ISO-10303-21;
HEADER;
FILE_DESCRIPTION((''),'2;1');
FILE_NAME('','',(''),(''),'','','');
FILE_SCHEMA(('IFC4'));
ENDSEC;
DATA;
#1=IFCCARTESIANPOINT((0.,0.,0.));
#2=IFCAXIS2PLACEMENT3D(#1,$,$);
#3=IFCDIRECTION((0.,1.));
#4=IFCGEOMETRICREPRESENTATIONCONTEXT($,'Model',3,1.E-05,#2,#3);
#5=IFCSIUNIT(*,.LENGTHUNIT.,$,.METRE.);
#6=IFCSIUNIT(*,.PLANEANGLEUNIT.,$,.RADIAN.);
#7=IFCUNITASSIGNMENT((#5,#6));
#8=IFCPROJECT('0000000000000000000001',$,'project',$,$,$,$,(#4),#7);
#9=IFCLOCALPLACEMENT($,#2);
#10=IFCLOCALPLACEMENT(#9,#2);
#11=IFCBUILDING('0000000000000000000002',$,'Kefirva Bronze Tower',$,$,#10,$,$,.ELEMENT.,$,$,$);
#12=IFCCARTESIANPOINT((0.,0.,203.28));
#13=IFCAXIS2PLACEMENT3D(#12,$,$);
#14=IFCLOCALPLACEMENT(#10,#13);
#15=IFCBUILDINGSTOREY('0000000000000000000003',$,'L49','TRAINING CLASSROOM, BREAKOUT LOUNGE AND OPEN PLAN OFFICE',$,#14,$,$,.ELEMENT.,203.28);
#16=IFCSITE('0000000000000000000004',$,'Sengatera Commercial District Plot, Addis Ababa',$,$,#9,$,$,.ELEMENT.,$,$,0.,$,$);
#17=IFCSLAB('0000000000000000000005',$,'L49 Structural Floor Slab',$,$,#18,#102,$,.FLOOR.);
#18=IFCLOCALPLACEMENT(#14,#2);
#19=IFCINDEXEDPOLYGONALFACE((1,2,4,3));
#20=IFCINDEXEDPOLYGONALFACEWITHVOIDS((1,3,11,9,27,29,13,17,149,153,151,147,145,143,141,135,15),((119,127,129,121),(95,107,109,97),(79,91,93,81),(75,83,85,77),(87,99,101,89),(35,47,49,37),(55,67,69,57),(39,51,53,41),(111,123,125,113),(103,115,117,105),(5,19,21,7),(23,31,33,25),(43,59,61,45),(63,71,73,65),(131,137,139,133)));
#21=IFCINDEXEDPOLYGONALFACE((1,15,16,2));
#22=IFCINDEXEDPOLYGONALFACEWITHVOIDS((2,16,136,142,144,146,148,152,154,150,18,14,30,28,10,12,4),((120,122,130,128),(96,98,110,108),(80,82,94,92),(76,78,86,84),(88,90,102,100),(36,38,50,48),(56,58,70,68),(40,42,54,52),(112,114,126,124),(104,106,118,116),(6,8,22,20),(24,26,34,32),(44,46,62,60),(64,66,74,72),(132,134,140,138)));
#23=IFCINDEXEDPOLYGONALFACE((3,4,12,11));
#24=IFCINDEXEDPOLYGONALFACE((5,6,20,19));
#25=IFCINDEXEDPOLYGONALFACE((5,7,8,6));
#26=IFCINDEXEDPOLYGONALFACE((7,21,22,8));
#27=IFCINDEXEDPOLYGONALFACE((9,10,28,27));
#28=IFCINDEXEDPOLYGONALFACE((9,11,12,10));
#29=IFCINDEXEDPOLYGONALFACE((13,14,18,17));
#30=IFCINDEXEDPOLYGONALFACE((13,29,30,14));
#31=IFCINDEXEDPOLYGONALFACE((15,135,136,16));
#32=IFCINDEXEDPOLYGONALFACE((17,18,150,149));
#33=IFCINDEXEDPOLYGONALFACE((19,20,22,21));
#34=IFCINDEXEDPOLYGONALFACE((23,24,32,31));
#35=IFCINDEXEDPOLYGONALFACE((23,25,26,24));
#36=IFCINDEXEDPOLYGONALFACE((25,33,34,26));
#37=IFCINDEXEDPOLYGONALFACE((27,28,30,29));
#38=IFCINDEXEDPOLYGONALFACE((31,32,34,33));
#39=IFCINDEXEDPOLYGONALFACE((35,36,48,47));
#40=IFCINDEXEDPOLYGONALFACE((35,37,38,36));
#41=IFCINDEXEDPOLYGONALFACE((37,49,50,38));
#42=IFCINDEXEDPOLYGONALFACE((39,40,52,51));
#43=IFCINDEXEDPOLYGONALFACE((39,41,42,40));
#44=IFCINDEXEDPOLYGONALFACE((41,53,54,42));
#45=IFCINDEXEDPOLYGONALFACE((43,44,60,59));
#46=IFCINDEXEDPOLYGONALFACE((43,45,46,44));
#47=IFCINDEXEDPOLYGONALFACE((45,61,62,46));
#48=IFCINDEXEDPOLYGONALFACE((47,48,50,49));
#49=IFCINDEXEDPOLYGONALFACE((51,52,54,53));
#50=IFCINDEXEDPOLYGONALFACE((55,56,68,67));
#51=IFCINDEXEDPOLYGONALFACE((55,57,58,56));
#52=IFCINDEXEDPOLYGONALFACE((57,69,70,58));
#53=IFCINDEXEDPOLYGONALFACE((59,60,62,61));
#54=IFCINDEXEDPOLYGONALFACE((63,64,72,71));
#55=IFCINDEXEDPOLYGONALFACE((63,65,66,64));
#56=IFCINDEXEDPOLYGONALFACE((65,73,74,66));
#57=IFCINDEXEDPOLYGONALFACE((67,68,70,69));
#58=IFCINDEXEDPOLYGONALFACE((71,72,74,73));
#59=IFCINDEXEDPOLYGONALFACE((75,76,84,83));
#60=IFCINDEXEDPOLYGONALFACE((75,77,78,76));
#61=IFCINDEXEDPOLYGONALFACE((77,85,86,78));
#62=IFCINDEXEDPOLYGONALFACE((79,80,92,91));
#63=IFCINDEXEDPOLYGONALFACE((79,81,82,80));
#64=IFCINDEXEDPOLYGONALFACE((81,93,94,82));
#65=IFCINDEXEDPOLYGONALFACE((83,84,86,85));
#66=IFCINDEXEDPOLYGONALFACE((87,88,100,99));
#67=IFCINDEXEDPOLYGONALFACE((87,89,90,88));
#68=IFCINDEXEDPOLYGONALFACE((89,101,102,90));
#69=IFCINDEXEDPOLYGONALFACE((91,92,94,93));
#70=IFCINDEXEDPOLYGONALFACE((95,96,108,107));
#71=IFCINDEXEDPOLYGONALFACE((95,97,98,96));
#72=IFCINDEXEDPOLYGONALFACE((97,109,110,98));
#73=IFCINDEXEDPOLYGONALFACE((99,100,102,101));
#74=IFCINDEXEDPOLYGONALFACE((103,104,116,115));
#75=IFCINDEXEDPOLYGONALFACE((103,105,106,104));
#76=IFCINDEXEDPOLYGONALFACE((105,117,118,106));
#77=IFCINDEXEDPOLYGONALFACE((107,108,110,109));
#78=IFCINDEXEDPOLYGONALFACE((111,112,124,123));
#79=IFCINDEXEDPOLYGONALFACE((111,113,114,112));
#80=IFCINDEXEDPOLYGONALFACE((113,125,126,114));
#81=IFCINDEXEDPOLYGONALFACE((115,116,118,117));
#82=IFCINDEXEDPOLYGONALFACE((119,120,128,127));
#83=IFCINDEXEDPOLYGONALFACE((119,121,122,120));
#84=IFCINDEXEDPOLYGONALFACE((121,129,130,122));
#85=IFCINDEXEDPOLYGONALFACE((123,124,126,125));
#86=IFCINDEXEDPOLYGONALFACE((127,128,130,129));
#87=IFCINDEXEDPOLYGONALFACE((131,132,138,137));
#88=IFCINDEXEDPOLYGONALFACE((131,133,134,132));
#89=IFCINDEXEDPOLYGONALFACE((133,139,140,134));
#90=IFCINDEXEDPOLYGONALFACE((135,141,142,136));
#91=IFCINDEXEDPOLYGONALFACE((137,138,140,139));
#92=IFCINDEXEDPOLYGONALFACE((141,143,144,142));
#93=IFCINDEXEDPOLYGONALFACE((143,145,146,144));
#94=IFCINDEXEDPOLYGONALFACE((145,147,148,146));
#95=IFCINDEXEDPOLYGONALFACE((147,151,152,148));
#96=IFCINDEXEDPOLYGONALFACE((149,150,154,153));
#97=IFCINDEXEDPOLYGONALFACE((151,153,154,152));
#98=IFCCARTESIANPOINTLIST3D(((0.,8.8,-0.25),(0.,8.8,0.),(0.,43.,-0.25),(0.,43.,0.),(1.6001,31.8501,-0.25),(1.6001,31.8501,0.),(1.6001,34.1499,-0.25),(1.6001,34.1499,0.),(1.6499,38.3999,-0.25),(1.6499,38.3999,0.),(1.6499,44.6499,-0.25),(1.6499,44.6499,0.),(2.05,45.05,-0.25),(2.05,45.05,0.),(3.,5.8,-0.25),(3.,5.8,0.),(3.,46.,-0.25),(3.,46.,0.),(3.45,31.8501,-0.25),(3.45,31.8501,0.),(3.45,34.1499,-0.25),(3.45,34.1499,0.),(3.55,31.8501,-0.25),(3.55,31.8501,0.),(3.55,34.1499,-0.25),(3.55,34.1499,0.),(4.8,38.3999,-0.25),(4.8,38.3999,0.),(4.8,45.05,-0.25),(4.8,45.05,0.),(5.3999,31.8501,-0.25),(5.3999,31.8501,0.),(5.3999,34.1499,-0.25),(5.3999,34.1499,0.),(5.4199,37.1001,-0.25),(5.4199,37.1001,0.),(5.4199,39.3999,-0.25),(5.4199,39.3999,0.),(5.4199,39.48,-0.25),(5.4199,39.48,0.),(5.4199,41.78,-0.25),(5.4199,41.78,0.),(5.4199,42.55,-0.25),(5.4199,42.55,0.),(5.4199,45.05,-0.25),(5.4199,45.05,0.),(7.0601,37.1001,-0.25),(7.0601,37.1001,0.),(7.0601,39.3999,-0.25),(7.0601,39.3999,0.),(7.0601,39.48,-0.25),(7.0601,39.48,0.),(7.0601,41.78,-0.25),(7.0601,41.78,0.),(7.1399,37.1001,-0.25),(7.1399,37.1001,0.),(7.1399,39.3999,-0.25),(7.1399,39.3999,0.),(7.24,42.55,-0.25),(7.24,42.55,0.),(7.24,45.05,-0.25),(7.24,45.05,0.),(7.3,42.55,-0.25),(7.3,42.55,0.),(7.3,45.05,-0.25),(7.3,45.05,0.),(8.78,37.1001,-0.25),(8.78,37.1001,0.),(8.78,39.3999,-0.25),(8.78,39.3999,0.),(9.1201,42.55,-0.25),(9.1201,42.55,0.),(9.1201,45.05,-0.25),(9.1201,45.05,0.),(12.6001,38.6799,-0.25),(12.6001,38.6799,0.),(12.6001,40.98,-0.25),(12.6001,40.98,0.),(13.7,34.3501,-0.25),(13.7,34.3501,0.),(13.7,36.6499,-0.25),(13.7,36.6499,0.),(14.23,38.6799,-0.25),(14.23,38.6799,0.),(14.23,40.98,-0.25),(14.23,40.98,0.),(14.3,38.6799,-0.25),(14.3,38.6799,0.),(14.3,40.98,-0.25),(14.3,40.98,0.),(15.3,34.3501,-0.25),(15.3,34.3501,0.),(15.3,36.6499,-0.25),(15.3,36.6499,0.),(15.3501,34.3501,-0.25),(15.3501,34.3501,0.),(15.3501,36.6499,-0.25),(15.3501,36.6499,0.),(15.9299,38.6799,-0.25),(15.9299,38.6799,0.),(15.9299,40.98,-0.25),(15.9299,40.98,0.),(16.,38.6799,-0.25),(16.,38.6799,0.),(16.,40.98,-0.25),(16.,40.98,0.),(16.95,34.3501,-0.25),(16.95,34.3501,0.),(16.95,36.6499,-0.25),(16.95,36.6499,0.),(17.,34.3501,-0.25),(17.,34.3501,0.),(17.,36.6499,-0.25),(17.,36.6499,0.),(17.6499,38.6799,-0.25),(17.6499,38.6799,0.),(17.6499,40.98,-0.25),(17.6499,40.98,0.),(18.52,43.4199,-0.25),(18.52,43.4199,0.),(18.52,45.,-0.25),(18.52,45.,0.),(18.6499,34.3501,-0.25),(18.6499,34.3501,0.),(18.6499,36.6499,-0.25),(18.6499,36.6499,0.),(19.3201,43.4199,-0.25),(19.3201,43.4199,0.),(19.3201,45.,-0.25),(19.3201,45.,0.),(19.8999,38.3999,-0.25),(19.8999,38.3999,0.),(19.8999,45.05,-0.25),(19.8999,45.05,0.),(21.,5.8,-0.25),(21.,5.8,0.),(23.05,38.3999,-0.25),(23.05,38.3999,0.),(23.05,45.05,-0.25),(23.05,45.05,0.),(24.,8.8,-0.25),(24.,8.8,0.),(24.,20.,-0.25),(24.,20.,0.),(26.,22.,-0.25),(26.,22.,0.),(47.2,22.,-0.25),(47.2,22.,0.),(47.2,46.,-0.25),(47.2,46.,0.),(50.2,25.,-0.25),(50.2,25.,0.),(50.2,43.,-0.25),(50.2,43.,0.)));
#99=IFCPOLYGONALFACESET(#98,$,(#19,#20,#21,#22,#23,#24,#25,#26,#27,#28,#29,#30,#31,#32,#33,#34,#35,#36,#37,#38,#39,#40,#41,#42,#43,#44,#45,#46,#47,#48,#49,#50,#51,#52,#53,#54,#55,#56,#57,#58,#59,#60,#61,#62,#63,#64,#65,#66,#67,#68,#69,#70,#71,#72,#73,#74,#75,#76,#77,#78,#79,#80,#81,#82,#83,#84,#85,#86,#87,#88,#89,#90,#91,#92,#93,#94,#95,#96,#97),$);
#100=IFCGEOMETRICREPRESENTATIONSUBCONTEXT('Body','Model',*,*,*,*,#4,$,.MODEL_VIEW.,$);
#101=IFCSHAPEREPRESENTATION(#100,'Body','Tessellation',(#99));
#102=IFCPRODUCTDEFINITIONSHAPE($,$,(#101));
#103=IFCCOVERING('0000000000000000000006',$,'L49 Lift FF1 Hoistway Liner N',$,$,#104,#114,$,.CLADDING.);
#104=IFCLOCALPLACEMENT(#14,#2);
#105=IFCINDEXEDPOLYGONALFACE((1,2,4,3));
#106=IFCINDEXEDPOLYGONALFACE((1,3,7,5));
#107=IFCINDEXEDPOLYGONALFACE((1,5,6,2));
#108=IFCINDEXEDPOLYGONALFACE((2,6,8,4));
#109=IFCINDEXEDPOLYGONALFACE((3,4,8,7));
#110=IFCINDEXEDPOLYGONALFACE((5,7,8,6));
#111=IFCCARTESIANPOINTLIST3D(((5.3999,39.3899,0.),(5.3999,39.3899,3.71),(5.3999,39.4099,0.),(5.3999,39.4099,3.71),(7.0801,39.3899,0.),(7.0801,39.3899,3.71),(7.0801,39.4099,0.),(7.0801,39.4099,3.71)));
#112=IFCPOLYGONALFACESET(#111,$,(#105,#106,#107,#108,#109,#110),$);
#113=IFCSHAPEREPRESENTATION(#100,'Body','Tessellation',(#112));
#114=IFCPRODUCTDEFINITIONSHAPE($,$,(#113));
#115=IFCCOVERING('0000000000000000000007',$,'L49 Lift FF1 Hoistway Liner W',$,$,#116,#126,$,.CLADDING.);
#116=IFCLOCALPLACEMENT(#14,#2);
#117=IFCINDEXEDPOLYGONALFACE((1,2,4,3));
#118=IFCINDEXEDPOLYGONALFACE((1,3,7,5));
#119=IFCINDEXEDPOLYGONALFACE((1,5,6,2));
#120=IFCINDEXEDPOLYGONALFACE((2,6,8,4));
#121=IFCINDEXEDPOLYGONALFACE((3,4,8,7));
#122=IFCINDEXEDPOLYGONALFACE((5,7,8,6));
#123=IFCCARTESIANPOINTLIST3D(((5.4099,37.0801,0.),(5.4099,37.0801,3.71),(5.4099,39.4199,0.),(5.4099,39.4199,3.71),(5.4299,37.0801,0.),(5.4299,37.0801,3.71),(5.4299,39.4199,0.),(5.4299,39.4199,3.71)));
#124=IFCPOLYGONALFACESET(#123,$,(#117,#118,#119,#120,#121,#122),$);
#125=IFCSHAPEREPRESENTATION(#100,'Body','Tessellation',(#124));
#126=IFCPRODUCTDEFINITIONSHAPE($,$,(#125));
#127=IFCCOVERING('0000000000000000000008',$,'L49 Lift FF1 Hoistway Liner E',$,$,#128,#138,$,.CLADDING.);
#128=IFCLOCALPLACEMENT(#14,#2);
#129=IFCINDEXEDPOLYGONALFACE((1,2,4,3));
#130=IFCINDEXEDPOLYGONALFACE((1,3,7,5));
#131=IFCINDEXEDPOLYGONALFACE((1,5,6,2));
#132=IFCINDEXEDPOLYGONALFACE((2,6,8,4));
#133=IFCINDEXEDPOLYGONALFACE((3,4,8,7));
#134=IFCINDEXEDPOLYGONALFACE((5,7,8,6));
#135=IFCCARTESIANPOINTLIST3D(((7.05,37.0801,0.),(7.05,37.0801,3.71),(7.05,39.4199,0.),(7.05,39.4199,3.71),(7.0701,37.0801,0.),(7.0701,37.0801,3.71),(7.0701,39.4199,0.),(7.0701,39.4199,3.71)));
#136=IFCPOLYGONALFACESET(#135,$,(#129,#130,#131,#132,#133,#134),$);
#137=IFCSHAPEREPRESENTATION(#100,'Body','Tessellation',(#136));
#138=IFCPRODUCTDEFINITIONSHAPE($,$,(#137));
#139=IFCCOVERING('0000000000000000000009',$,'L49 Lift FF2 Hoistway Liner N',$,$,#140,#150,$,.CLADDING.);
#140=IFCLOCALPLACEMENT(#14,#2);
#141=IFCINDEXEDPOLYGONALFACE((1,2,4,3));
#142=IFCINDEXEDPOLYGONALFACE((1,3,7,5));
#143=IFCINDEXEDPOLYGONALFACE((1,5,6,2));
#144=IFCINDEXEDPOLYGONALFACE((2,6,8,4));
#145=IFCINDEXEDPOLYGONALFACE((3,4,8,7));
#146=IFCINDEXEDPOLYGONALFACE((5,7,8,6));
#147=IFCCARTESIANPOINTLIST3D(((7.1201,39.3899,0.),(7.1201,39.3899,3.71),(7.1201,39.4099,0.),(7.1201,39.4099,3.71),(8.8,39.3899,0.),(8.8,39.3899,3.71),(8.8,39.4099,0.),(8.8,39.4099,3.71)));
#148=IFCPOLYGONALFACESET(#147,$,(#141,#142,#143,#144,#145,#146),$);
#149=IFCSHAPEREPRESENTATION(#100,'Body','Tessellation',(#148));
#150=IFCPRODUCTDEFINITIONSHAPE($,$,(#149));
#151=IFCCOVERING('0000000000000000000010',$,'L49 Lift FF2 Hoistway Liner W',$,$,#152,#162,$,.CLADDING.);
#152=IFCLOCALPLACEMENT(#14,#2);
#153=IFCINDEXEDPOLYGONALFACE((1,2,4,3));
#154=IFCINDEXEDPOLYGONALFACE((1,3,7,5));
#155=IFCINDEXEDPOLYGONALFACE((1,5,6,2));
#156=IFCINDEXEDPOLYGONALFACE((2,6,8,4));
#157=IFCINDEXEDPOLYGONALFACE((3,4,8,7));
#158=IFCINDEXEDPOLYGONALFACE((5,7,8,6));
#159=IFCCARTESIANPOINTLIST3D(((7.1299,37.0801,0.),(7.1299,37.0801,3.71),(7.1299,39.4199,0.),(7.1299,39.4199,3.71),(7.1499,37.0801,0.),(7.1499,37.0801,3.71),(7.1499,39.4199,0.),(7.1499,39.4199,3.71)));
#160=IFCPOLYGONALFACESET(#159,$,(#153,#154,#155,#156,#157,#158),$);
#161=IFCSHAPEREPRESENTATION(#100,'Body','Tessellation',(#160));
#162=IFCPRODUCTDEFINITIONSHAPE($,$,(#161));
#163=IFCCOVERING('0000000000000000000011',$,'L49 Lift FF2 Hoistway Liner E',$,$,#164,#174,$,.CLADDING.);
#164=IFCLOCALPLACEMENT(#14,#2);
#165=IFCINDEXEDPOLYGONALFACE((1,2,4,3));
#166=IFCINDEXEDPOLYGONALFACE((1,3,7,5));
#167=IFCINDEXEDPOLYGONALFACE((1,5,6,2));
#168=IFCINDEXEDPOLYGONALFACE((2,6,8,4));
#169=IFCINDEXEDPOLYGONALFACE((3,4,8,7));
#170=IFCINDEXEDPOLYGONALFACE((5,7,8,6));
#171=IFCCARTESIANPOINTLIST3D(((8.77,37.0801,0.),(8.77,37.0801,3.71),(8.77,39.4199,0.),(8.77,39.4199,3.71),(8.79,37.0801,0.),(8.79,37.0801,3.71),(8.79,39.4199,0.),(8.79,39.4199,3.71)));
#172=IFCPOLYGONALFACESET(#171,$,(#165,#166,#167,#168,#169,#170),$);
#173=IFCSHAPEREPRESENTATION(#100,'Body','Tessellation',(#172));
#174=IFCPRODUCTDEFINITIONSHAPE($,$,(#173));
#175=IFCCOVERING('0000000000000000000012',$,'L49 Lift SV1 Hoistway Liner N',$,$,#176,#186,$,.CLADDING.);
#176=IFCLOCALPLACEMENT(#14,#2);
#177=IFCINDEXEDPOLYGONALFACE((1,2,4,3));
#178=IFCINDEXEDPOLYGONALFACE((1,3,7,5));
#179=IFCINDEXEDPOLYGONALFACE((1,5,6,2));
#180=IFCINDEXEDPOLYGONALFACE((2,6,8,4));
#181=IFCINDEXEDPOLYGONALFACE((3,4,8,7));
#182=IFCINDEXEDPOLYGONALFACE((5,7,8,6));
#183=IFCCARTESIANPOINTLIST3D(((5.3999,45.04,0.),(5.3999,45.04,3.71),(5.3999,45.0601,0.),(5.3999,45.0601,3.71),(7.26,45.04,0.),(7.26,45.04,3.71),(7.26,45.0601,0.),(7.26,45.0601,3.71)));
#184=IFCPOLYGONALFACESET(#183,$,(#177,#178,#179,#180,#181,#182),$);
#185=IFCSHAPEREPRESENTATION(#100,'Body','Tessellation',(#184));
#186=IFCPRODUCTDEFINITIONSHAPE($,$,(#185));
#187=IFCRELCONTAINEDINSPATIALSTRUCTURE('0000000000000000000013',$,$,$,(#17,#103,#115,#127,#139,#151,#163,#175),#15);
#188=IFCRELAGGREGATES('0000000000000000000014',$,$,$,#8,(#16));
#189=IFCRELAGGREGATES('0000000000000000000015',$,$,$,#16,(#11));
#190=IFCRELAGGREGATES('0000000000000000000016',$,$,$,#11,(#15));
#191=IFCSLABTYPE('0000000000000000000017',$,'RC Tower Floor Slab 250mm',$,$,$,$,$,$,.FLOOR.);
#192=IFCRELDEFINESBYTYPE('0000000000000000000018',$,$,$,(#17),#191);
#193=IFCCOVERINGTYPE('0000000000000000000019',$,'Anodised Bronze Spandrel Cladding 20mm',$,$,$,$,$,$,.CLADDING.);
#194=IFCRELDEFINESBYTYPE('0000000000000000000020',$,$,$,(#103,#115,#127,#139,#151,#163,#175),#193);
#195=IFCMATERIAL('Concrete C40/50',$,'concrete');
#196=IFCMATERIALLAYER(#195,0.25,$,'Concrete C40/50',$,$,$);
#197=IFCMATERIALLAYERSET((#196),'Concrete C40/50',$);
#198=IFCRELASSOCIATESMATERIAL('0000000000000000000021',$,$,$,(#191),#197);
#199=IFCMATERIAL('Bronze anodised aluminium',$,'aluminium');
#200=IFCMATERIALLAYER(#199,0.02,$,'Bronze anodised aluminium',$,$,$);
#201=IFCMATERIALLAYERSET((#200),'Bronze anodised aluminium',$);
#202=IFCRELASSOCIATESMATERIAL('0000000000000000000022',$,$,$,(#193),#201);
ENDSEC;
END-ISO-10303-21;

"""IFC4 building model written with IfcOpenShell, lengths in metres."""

from ifc_helpers import new_model, si_unit, direction, frame, origin, place, context, subcontext, project, spatial, polyline, outline, extrude, material, layer, layer_set, type_object, element, save


model = new_model("IFC4")

# Units and contexts
model_context = context("Model", 3, precision=1e-05, world=origin(), true_north=direction((0.0, 1.0)))
body_context = subcontext(model_context, "Body", "Model", "MODEL_VIEW")
ifc_project = project(units=[si_unit("LENGTHUNIT", "METRE"), si_unit("PLANEANGLEUNIT", "RADIAN")], contexts=[model_context])

# Site, building, storey
site_placement = place(None, origin())
site = spatial("IfcSite", under=ifc_project, at=site_placement, Name="Sengatera Commercial District Plot, Addis Ababa", CompositionType="ELEMENT", RefElevation=0.0)
building_placement = place(site_placement, origin())
building = spatial("IfcBuilding", under=site, at=building_placement, Name="Kefirva Bronze Tower", CompositionType="ELEMENT")
storey_placement = place(building_placement, frame((0.0, 0.0, 203.28)))
storey = spatial("IfcBuildingStorey", under=building, at=storey_placement, Name="L49", Description="TRAINING CLASSROOM, BREAKOUT LOUNGE AND OPEN PLAN OFFICE", CompositionType="ELEMENT", Elevation=203.28)

# Slab
ifc_material_1 = material(Name="Concrete C40/50", Category="concrete")
ifc_layer_1 = layer(ifc_material_1, 0.25, Name="Concrete C40/50")
ifc_layer_set_1 = layer_set([ifc_layer_1], Name="Concrete C40/50")
slab_type = type_object("IfcSlabType", Name="RC Tower Floor Slab 250mm", PredefinedType="FLOOR", material=ifc_layer_set_1)
slab_placement = place(storey_placement, frame((0.0, 0.0, -0.25)))
element("IfcSlab", 1, at=slab_placement, inside=storey, type_object=slab_type, Name="L49 Structural Floor Slab", PredefinedType="FLOOR", context=body_context, shape_type="SweptSolid", body=[
    extrude(outline(polyline([(0.0, 8.8), (0.0, 43.0), (1.6499, 44.6499), (1.6499, 38.3999), (4.8, 38.3999), (4.8, 45.05), (2.05, 45.05), (3.0, 46.0), (47.2, 46.0), (50.2, 43.0), (50.2, 25.0), (47.2, 22.0), (26.0, 22.0), (24.0, 20.0), (24.0, 8.8), (21.0, 5.8), (3.0, 5.8), (0.0, 8.8)]), holes=[polyline([(23.05, 38.3999), (23.05, 45.05), (19.8999, 45.05), (19.8999, 38.3999), (23.05, 38.3999)]), polyline([(19.3201, 43.4199), (19.3201, 45.0), (18.52, 45.0), (18.52, 43.4199), (19.3201, 43.4199)]), polyline([(18.6499, 34.3501), (18.6499, 36.6499), (17.0, 36.6499), (17.0, 34.3501), (18.6499, 34.3501)]), polyline([(17.6499, 38.6799), (17.6499, 40.98), (16.0, 40.98), (16.0, 38.6799), (17.6499, 38.6799)]), polyline([(16.95, 34.3501), (16.95, 36.6499), (15.3501, 36.6499), (15.3501, 34.3501), (16.95, 34.3501)]), polyline([(15.9299, 38.6799), (15.9299, 40.98), (14.3, 40.98), (14.3, 38.6799), (15.9299, 38.6799)]), polyline([(15.3, 34.3501), (15.3, 36.6499), (13.7, 36.6499), (13.7, 34.3501), (15.3, 34.3501)]), polyline([(14.23, 38.6799), (14.23, 40.98), (12.6001, 40.98), (12.6001, 38.6799), (14.23, 38.6799)]), polyline([(9.1201, 42.55), (9.1201, 45.05), (7.3, 45.05), (7.3, 42.55), (9.1201, 42.55)]), polyline([(8.78, 37.1001), (8.78, 39.3999), (7.1399, 39.3999), (7.1399, 37.1001), (8.78, 37.1001)]), polyline([(7.24, 42.55), (7.24, 45.05), (5.4199, 45.05), (5.4199, 42.55), (7.24, 42.55)]), polyline([(7.0601, 37.1001), (7.0601, 39.3999), (5.4199, 39.3999), (5.4199, 37.1001), (7.0601, 37.1001)]), polyline([(7.0601, 39.48), (7.0601, 41.78), (5.4199, 41.78), (5.4199, 39.48), (7.0601, 39.48)]), polyline([(5.3999, 31.8501), (5.3999, 34.1499), (3.55, 34.1499), (3.55, 31.8501), (5.3999, 31.8501)]), polyline([(3.45, 31.8501), (3.45, 34.1499), (1.6001, 34.1499), (1.6001, 31.8501), (3.45, 31.8501)])]), origin(), (0.0, 0.0, 1.0), 0.25),
])

# Coverings
ifc_material_2 = material(Name="Bronze anodised aluminium", Category="aluminium")
ifc_layer_2 = layer(ifc_material_2, 0.02, Name="Bronze anodised aluminium")
ifc_layer_set_2 = layer_set([ifc_layer_2], Name="Bronze anodised aluminium")
covering_type = type_object("IfcCoveringType", Name="Anodised Bronze Spandrel Cladding 20mm", PredefinedType="CLADDING", material=ifc_layer_set_2)
covering_1_placement = place(storey_placement, origin())
element("IfcCovering", 2, at=covering_1_placement, inside=storey, type_object=covering_type, Name="L49 Lift FF1 Hoistway Liner N", PredefinedType="CLADDING", context=body_context, shape_type="SweptSolid", body=[
    extrude(outline(polyline([(5.3999, 39.3899), (7.0801, 39.3899), (7.0801, 39.4099), (5.3999, 39.4099), (5.3999, 39.3899)])), origin(), (0.0, 0.0, 1.0), 3.71),
])
covering_2_placement = place(storey_placement, origin())
element("IfcCovering", 3, at=covering_2_placement, inside=storey, type_object=covering_type, Name="L49 Lift FF1 Hoistway Liner W", PredefinedType="CLADDING", context=body_context, shape_type="SweptSolid", body=[
    extrude(outline(polyline([(5.4099, 37.0801), (5.4299, 37.0801), (5.4299, 39.4199), (5.4099, 39.4199), (5.4099, 37.0801)])), origin(), (0.0, 0.0, 1.0), 3.71),
])
covering_3_placement = place(storey_placement, origin())
element("IfcCovering", 4, at=covering_3_placement, inside=storey, type_object=covering_type, Name="L49 Lift FF1 Hoistway Liner E", PredefinedType="CLADDING", context=body_context, shape_type="SweptSolid", body=[
    extrude(outline(polyline([(7.05, 37.0801), (7.0701, 37.0801), (7.0701, 39.4199), (7.05, 39.4199), (7.05, 37.0801)])), origin(), (0.0, 0.0, 1.0), 3.71),
])
covering_4_placement = place(storey_placement, origin())
element("IfcCovering", 5, at=covering_4_placement, inside=storey, type_object=covering_type, Name="L49 Lift FF2 Hoistway Liner N", PredefinedType="CLADDING", context=body_context, shape_type="SweptSolid", body=[
    extrude(outline(polyline([(7.1201, 39.3899), (8.8, 39.3899), (8.8, 39.4099), (7.1201, 39.4099), (7.1201, 39.3899)])), origin(), (0.0, 0.0, 1.0), 3.71),
])
covering_5_placement = place(storey_placement, origin())
element("IfcCovering", 6, at=covering_5_placement, inside=storey, type_object=covering_type, Name="L49 Lift FF2 Hoistway Liner W", PredefinedType="CLADDING", context=body_context, shape_type="SweptSolid", body=[
    extrude(outline(polyline([(7.1299, 37.0801), (7.1499, 37.0801), (7.1499, 39.4199), (7.1299, 39.4199), (7.1299, 37.0801)])), origin(), (0.0, 0.0, 1.0), 3.71),
])
covering_6_placement = place(storey_placement, origin())
element("IfcCovering", 7, at=covering_6_placement, inside=storey, type_object=covering_type, Name="L49 Lift FF2 Hoistway Liner E", PredefinedType="CLADDING", context=body_context, shape_type="SweptSolid", body=[
    extrude(outline(polyline([(8.77, 37.0801), (8.79, 37.0801), (8.79, 39.4199), (8.77, 39.4199), (8.77, 37.0801)])), origin(), (0.0, 0.0, 1.0), 3.71),
])
covering_7_placement = place(storey_placement, origin())
element("IfcCovering", 8, at=covering_7_placement, inside=storey, type_object=covering_type, Name="L49 Lift SV1 Hoistway Liner N", PredefinedType="CLADDING", context=body_context, shape_type="SweptSolid", body=[
    extrude(outline(polyline([(5.3999, 45.04), (7.26, 45.04), (7.26, 45.0601), (5.3999, 45.0601), (5.3999, 45.04)])), origin(), (0.0, 0.0, 1.0), 3.71),
])

save(model, "model.ifc")
